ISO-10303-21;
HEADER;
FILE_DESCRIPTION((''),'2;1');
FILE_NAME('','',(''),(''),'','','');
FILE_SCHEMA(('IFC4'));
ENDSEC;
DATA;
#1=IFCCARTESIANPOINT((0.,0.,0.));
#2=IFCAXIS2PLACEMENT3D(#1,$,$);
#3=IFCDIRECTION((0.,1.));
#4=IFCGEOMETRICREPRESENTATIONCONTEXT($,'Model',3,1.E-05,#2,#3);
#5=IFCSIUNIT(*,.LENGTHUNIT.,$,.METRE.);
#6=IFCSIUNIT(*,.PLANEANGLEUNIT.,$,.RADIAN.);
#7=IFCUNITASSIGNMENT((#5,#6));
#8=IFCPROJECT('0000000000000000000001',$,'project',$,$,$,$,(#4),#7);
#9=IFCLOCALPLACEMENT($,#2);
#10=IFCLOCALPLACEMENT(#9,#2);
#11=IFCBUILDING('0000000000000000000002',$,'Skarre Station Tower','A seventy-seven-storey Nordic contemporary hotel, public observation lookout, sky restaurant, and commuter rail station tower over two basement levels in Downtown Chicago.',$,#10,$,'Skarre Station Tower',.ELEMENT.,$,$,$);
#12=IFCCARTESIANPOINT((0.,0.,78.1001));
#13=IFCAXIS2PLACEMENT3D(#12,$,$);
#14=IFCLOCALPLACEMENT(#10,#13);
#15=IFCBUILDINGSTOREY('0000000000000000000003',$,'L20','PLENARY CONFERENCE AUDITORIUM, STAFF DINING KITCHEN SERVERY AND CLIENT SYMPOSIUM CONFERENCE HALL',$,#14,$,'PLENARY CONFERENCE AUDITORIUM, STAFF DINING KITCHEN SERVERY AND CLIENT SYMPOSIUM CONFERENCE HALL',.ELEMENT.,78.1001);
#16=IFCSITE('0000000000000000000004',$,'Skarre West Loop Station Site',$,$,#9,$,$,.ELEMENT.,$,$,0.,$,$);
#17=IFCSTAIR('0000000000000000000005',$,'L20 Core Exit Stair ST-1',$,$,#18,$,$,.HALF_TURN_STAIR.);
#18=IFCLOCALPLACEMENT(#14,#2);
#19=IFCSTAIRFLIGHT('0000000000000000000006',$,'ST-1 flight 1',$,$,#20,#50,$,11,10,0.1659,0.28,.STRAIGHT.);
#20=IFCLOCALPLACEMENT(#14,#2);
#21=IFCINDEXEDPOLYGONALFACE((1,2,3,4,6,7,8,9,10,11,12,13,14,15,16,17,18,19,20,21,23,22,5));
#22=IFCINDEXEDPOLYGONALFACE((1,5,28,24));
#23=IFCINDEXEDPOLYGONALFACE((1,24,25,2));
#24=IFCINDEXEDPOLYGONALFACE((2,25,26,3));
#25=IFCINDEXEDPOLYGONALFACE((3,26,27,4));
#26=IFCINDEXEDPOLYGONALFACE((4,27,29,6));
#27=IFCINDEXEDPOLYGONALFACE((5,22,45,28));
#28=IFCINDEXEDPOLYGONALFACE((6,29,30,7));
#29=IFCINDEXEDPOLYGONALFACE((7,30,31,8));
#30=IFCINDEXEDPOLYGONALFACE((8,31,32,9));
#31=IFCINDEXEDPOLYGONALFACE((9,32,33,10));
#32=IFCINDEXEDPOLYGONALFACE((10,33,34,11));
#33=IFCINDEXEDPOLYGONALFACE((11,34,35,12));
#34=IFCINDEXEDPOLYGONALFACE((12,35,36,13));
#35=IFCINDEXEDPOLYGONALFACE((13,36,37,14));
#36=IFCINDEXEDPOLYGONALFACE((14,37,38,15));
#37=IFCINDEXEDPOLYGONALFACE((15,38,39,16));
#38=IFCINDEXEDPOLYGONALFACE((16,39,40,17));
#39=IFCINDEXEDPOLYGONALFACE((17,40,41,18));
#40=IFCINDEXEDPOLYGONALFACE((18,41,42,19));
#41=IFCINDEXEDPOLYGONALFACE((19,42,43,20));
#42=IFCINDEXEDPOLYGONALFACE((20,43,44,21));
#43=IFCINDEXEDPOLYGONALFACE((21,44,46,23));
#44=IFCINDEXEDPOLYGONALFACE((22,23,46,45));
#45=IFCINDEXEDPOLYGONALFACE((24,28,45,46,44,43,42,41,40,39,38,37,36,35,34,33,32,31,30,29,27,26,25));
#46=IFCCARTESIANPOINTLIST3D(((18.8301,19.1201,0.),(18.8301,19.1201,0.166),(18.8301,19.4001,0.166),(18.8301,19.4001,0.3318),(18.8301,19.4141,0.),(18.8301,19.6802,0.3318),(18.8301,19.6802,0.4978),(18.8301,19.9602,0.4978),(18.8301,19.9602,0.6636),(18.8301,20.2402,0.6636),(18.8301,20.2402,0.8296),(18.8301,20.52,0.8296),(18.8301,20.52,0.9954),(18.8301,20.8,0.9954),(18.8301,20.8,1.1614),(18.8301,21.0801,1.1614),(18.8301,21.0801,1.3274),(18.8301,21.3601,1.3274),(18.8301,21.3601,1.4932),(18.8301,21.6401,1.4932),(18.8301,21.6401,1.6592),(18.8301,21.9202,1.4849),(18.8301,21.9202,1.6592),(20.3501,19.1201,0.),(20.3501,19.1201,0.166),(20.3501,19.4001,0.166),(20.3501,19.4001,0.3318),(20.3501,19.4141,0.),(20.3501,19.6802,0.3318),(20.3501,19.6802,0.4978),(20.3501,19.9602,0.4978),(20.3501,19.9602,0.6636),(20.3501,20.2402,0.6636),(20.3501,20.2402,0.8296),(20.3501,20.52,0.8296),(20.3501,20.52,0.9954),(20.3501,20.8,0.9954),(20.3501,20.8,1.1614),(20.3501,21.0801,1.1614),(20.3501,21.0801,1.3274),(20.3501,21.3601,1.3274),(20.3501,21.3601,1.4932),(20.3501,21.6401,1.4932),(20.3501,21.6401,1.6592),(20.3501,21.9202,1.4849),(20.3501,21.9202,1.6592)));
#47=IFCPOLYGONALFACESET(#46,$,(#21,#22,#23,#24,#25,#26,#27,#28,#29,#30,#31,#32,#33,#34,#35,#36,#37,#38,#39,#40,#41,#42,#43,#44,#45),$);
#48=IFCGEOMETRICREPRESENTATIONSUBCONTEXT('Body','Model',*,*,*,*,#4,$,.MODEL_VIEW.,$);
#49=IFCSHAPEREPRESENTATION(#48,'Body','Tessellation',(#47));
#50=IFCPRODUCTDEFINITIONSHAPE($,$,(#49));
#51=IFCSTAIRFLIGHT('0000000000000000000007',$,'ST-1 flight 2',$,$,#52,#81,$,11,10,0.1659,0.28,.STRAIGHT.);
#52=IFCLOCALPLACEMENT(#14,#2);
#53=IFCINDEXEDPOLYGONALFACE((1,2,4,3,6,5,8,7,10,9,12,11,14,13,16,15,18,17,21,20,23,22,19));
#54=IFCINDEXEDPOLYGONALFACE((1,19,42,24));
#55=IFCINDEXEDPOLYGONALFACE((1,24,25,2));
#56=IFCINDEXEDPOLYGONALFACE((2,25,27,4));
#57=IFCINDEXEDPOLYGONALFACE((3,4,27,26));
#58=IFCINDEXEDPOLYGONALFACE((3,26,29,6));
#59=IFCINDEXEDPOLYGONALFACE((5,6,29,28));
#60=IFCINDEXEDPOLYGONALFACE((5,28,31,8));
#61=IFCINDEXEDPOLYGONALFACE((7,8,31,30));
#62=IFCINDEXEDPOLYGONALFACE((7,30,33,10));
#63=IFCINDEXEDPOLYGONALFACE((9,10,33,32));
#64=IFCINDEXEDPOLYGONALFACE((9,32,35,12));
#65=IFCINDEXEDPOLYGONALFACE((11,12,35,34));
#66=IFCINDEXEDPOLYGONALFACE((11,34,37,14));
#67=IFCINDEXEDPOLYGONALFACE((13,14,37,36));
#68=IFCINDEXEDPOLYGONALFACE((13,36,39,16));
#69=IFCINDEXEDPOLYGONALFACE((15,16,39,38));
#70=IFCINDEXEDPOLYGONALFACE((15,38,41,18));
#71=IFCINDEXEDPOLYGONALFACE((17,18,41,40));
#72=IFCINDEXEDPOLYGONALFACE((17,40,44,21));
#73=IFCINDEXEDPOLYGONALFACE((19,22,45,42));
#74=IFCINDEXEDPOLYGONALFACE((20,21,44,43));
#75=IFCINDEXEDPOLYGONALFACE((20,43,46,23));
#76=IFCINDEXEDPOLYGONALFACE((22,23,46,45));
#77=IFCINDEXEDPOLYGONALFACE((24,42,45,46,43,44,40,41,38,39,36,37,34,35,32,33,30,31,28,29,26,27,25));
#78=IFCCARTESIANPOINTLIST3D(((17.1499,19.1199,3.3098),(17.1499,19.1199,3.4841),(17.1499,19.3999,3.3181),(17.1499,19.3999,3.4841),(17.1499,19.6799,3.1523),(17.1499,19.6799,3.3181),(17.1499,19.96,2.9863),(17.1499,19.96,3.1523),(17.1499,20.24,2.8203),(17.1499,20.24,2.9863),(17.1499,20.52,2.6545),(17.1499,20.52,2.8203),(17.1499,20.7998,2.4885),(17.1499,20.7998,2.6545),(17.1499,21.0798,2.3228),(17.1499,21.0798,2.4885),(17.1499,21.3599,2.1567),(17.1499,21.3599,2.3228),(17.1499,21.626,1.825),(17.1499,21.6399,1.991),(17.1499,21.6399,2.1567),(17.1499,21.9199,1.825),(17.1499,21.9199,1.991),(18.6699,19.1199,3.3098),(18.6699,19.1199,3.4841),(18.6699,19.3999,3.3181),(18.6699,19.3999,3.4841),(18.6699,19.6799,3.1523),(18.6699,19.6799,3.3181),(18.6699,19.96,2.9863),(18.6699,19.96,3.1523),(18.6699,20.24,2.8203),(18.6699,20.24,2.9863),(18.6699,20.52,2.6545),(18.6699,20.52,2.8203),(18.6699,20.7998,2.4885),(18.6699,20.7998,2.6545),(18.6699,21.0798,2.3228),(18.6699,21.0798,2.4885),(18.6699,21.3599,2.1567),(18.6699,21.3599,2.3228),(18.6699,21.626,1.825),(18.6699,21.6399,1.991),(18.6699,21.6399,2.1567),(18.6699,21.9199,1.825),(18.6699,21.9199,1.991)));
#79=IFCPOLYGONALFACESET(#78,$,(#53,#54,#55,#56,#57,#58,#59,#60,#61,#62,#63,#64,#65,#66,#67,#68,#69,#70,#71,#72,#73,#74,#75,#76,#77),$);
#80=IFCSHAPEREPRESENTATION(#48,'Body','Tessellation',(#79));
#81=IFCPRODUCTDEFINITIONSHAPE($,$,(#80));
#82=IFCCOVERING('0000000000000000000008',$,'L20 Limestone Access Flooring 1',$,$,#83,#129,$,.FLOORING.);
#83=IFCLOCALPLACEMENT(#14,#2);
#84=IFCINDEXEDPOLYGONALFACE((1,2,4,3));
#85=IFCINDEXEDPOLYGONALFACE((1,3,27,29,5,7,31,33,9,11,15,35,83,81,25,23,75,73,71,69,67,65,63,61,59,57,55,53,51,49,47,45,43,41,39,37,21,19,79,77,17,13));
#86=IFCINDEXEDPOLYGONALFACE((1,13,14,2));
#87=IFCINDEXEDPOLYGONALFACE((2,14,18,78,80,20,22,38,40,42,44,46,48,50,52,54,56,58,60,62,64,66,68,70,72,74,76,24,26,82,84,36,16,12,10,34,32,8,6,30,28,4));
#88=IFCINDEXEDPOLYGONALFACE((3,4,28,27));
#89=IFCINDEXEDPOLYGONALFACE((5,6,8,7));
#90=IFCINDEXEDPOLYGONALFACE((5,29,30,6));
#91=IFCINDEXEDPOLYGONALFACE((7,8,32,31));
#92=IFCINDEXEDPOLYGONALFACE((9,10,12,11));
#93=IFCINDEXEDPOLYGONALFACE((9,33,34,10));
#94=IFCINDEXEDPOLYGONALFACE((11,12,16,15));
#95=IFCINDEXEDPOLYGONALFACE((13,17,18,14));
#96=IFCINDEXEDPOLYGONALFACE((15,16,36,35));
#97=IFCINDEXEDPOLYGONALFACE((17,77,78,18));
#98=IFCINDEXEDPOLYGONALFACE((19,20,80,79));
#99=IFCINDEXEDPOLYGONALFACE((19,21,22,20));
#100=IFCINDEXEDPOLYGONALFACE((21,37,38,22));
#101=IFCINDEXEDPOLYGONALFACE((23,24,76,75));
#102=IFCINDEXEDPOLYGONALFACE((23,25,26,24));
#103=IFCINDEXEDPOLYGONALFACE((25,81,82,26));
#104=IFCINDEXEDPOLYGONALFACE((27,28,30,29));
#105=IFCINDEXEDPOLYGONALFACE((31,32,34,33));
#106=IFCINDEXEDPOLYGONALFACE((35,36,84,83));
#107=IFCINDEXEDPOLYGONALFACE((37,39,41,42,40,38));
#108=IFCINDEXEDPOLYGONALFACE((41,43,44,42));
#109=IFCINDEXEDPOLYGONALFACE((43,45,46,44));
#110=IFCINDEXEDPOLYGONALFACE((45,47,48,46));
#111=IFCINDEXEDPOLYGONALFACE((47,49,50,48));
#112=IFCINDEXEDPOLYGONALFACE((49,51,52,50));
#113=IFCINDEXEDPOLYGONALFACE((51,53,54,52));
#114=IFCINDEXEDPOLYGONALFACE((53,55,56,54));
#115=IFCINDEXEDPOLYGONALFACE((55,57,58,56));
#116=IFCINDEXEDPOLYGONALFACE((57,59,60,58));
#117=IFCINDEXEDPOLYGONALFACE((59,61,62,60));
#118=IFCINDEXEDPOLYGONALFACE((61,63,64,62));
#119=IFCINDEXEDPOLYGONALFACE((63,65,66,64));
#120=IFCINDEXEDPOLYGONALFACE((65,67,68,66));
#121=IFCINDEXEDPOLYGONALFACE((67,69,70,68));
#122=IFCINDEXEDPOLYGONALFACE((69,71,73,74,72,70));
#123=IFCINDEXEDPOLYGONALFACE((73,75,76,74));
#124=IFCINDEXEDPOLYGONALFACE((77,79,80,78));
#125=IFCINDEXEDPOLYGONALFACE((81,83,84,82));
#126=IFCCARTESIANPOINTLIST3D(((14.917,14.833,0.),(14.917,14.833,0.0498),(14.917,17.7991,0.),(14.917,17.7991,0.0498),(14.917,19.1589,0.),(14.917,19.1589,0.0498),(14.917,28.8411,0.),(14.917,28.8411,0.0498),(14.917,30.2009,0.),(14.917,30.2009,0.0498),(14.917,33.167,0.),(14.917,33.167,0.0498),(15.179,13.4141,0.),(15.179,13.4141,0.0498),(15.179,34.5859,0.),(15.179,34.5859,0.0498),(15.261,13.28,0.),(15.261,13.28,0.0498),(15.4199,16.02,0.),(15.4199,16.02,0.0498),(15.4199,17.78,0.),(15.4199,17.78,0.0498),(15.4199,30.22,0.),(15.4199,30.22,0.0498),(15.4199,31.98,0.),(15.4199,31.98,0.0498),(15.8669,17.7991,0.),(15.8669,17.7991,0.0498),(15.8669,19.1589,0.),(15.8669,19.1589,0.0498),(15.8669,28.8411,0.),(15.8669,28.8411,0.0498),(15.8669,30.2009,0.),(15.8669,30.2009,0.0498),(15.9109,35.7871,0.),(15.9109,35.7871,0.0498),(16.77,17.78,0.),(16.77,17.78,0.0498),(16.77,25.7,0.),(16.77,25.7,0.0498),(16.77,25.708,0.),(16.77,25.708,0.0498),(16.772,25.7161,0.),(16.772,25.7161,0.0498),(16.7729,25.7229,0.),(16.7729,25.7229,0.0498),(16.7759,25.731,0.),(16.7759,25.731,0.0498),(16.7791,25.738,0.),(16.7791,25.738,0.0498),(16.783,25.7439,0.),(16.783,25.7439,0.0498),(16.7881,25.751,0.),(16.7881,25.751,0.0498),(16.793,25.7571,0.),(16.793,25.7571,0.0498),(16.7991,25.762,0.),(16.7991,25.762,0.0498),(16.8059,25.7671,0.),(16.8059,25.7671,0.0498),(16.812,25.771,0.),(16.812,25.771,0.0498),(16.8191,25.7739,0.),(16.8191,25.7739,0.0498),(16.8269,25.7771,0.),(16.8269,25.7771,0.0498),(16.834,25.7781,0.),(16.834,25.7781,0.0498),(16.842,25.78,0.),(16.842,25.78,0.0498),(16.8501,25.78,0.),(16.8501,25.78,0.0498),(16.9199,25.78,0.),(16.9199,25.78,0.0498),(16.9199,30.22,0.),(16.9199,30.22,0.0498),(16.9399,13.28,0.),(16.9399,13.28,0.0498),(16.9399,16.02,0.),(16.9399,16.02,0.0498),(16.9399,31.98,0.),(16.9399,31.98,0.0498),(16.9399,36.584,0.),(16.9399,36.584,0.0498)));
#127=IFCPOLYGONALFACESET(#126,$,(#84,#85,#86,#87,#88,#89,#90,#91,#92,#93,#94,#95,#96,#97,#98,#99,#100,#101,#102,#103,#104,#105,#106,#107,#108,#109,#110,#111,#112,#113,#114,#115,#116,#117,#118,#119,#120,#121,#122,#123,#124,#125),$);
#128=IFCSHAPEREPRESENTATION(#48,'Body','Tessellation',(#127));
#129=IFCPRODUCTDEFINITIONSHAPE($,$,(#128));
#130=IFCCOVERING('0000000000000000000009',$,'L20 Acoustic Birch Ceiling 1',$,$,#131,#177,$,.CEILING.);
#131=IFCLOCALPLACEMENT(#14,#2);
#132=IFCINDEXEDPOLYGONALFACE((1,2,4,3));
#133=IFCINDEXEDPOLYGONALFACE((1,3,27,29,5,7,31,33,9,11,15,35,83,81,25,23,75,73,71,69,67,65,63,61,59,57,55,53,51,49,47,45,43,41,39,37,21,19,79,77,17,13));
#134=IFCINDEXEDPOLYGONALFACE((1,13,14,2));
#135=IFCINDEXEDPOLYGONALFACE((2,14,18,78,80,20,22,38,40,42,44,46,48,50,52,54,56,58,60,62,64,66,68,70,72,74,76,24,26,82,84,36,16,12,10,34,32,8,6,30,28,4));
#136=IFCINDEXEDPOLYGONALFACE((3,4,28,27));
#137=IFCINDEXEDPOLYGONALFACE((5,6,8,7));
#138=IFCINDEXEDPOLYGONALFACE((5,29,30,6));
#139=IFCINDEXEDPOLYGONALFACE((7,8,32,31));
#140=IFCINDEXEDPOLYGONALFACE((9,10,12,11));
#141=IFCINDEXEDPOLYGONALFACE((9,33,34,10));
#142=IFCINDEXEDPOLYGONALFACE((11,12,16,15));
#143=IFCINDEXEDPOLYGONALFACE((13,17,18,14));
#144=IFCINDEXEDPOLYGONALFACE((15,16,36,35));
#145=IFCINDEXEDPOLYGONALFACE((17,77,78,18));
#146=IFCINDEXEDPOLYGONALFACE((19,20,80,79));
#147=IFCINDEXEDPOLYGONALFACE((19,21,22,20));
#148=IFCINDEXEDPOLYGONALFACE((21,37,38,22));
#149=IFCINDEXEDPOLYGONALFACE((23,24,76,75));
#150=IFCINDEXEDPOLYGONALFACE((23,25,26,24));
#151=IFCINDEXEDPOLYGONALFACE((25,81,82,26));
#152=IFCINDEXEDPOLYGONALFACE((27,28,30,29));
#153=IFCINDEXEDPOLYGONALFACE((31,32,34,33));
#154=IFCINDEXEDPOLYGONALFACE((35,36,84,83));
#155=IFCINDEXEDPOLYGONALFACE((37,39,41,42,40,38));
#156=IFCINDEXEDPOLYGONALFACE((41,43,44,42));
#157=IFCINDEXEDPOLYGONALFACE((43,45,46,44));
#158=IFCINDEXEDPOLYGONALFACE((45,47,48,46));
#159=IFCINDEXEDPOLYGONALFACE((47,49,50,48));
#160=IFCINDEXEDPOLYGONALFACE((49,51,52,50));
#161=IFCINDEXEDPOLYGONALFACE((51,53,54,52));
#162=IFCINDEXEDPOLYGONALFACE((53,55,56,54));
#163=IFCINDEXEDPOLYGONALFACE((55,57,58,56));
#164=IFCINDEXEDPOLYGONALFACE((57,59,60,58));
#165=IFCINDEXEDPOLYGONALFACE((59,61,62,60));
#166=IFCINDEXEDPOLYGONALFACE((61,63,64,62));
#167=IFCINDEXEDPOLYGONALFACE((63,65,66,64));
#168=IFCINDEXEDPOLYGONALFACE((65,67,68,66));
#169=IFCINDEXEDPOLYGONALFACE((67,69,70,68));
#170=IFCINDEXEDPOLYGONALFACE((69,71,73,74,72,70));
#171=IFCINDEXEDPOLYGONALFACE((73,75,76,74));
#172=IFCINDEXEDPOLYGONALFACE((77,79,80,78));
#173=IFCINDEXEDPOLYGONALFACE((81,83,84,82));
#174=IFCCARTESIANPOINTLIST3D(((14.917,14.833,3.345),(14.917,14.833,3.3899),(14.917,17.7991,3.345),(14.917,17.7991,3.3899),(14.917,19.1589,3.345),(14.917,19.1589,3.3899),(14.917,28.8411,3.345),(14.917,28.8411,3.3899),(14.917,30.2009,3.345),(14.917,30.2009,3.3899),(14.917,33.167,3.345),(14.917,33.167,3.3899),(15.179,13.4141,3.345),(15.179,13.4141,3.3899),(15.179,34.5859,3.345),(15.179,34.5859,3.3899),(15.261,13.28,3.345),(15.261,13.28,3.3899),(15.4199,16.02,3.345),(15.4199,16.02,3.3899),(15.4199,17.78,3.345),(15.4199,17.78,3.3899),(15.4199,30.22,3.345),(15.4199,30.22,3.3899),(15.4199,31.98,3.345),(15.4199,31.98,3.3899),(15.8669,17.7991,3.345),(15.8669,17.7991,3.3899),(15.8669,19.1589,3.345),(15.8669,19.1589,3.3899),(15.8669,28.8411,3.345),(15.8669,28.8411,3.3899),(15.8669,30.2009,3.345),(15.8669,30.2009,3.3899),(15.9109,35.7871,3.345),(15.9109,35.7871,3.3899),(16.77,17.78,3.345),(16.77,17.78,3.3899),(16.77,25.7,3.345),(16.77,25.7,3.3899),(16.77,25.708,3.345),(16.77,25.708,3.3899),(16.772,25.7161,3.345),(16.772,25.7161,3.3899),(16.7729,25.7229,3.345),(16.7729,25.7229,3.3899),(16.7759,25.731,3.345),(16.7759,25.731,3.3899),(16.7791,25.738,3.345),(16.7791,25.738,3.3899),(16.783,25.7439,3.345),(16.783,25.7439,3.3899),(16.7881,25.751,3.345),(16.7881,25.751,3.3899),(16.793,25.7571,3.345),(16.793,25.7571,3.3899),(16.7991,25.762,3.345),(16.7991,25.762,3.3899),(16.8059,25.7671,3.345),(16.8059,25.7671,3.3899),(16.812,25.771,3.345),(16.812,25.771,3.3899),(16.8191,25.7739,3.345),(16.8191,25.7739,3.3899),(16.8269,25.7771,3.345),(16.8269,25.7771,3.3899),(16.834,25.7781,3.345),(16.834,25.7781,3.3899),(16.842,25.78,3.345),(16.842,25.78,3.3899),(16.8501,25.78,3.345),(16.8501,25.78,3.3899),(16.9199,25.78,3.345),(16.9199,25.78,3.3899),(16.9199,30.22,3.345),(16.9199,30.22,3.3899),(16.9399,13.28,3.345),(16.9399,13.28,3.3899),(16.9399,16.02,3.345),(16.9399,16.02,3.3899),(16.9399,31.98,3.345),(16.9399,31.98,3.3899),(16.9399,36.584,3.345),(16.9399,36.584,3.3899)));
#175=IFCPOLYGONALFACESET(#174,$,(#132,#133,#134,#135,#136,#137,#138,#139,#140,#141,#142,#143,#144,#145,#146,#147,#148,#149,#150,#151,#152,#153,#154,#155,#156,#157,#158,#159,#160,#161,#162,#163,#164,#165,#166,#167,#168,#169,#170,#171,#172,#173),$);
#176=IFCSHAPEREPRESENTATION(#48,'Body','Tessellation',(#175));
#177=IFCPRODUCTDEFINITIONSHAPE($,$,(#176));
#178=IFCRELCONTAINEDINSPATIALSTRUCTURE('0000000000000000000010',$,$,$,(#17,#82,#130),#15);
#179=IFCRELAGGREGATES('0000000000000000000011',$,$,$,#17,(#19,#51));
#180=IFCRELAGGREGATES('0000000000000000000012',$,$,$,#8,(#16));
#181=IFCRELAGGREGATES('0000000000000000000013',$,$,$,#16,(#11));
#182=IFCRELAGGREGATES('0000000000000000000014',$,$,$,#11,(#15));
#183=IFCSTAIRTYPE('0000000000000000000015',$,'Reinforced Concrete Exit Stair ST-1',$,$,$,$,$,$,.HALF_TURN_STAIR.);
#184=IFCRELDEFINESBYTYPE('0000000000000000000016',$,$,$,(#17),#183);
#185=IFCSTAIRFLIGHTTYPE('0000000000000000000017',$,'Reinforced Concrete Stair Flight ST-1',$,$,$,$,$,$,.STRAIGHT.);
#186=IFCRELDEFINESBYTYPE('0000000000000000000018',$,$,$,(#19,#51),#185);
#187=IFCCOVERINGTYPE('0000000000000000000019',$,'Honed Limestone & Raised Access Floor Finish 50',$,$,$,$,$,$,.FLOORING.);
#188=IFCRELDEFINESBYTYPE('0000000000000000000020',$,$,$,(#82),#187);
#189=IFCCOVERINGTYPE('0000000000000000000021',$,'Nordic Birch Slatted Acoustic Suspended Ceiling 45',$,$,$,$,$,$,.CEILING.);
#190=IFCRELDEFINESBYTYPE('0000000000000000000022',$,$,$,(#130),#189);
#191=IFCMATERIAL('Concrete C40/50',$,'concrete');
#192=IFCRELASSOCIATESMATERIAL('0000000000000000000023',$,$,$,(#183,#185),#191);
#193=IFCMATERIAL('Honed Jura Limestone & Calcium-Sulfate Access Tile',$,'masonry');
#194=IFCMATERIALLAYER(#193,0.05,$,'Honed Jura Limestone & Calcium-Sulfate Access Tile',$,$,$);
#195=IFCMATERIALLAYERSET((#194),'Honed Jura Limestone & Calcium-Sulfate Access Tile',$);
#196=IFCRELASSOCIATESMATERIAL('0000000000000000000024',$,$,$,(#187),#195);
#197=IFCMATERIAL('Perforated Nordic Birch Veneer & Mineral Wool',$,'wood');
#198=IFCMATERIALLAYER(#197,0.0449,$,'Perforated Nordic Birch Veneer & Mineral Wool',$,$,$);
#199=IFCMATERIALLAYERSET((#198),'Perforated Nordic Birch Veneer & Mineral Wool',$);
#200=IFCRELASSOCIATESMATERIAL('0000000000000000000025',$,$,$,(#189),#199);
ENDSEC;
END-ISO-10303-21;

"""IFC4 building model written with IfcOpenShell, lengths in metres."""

from ifc_helpers import new_model, si_unit, direction, frame, origin, place, context, subcontext, project, spatial, polyline, outline, extrude, material, layer, layer_set, type_object, element, aggregate, save


model = new_model("IFC4")

# Units and contexts
model_context = context("Model", 3, precision=1e-05, world=origin(), true_north=direction((0.0, 1.0)))
body_context = subcontext(model_context, "Body", "Model", "MODEL_VIEW")
ifc_project = project(units=[si_unit("LENGTHUNIT", "METRE"), si_unit("PLANEANGLEUNIT", "RADIAN")], contexts=[model_context])

# Site, building, storey
site_placement = place(None, origin())
site = spatial("IfcSite", under=ifc_project, at=site_placement, Name="Skarre West Loop Station Site", CompositionType="ELEMENT", RefElevation=0.0)
building_placement = place(site_placement, origin())
building = spatial("IfcBuilding", under=site, at=building_placement, Name="Skarre Station Tower", Description="A seventy-seven-storey Nordic contemporary hotel, public observation lookout, sky restaurant, and commuter rail station tower over two basement levels in Downtown Chicago.", LongName="Skarre Station Tower", CompositionType="ELEMENT")
storey_placement = place(building_placement, frame((0.0, 0.0, 78.1001)))
storey = spatial("IfcBuildingStorey", under=building, at=storey_placement, Name="L20", Description="PLENARY CONFERENCE AUDITORIUM, STAFF DINING KITCHEN SERVERY AND CLIENT SYMPOSIUM CONFERENCE HALL", LongName="PLENARY CONFERENCE AUDITORIUM, STAFF DINING KITCHEN SERVERY AND CLIENT SYMPOSIUM CONFERENCE HALL", CompositionType="ELEMENT", Elevation=78.1001)

# Stair
ifc_material_1 = material(Name="Concrete C40/50", Category="concrete")
stair_type_1 = type_object("IfcStairType", Name="Reinforced Concrete Exit Stair ST-1", PredefinedType="HALF_TURN_STAIR", material=ifc_material_1)
stair_1_placement = place(storey_placement, origin())
stair_1 = element("IfcStair", 1, at=stair_1_placement, inside=storey, type_object=stair_type_1, Name="L20 Core Exit Stair ST-1", PredefinedType="HALF_TURN_STAIR")

# Stair flights
stair_flight_type = type_object("IfcStairFlightType", Name="Reinforced Concrete Stair Flight ST-1", PredefinedType="STRAIGHT", material=ifc_material_1)
stair_flight_1_placement = place(storey_placement, frame((19.5901, 19.1201, 0.0), z_axis=(0.0, 0.0, 1.0), x_axis=(0.0, 1.0, 0.0)))
stair_flight_1 = element("IfcStairFlight", 2, at=stair_flight_1_placement, type_object=stair_flight_type, Name="ST-1 flight 1", NumberOfRisers=11, NumberOfTreads=10, PredefinedType="STRAIGHT", RiserHeight=0.1659, TreadLength=0.28, context=body_context, shape_type="SweptSolid", body=[
    extrude(outline(polyline([(0.0, 0.0), (0.0, 0.166), (0.28, 0.166), (0.28, 0.3318), (0.5601, 0.3318), (0.5601, 0.4978), (0.8401, 0.4978), (0.8401, 0.6636), (1.1201, 0.6636), (1.1201, 0.8296), (1.3999, 0.8296), (1.3999, 0.9954), (1.6799, 0.9954), (1.6799, 1.1614), (1.96, 1.1614), (1.96, 1.3274), (2.24, 1.3274), (2.24, 1.4932), (2.52, 1.4932), (2.52, 1.6592), (2.8, 1.6592), (2.8, 1.825), (2.8, 1.4849), (0.2939, 0.0), (0.0, 0.0)])), frame((0.0, 0.76, 0.0), z_axis=(0.0, -1.0, 0.0), x_axis=(1.0, 0.0, 0.0)), (0.0, 0.0, 1.0), 1.52),
])
stair_flight_2_placement = place(storey_placement, frame((17.9099, 21.9199, 1.825), z_axis=(0.0, 0.0, 1.0), x_axis=(0.0, -1.0, 0.0)))
stair_flight_2 = element("IfcStairFlight", 3, at=stair_flight_2_placement, type_object=stair_flight_type, Name="ST-1 flight 2", NumberOfRisers=11, NumberOfTreads=10, PredefinedType="STRAIGHT", RiserHeight=0.1659, TreadLength=0.28, context=body_context, shape_type="SweptSolid", body=[
    extrude(outline(polyline([(0.0, 0.0), (0.0, 0.166), (0.28, 0.166), (0.28, 0.3318), (0.5601, 0.3318), (0.5601, 0.4978), (0.8401, 0.4978), (0.8401, 0.6636), (1.1201, 0.6636), (1.1201, 0.8296), (1.3999, 0.8296), (1.3999, 0.9954), (1.6799, 0.9954), (1.6799, 1.1614), (1.96, 1.1614), (1.96, 1.3274), (2.24, 1.3274), (2.24, 1.4932), (2.52, 1.4932), (2.52, 1.6592), (2.8, 1.6592), (2.8, 1.825), (2.8, 1.4849), (0.2939, 0.0), (0.0, 0.0)])), frame((0.0, 0.76, 0.0), z_axis=(0.0, -1.0, 0.0), x_axis=(1.0, 0.0, 0.0)), (0.0, 0.0, 1.0), 1.52),
])
aggregate(stair_1, [stair_flight_1, stair_flight_2])

# Coverings
ifc_material_2 = material(Name="Honed Jura Limestone & Calcium-Sulfate Access Tile", Category="masonry")
ifc_layer_1 = layer(ifc_material_2, 0.05, Name="Honed Jura Limestone & Calcium-Sulfate Access Tile")
ifc_layer_set_1 = layer_set([ifc_layer_1], Name="Honed Jura Limestone & Calcium-Sulfate Access Tile")
covering_type_1 = type_object("IfcCoveringType", Name="Honed Limestone & Raised Access Floor Finish 50", PredefinedType="FLOORING", material=ifc_layer_set_1)
covering_1_placement = place(storey_placement, origin())
element("IfcCovering", 4, at=covering_1_placement, inside=storey, type_object=covering_type_1, Name="L20 Limestone Access Flooring 1", PredefinedType="FLOORING", context=body_context, shape_type="SweptSolid", body=[
    extrude(outline(polyline([(16.9399, 36.584), (15.9109, 35.7871), (15.179, 34.5859), (14.917, 33.167), (14.917, 30.2009), (15.8669, 30.2009), (15.8669, 28.8411), (14.917, 28.8411), (14.917, 19.1589), (15.8669, 19.1589), (15.8669, 17.7991), (14.917, 17.7991), (14.917, 14.833), (15.179, 13.4141), (15.261, 13.28), (16.9399, 13.28), (16.9399, 16.02), (15.4199, 16.02), (15.4199, 17.78), (16.77, 17.78), (16.77, 25.7), (16.77, 25.708), (16.772, 25.7161), (16.7729, 25.7229), (16.7759, 25.731), (16.7791, 25.738), (16.783, 25.7439), (16.7881, 25.751), (16.793, 25.7571), (16.7991, 25.762), (16.8059, 25.7671), (16.812, 25.771), (16.8191, 25.7739), (16.8269, 25.7771), (16.834, 25.7781), (16.842, 25.78), (16.8501, 25.78), (16.9199, 25.78), (16.9199, 30.22), (15.4199, 30.22), (15.4199, 31.98), (16.9399, 31.98), (16.9399, 36.584)])), origin(), (0.0, 0.0, 1.0), 0.0498),
])
ifc_material_3 = material(Name="Perforated Nordic Birch Veneer & Mineral Wool", Category="wood")
ifc_layer_2 = layer(ifc_material_3, 0.0449, Name="Perforated Nordic Birch Veneer & Mineral Wool")
ifc_layer_set_2 = layer_set([ifc_layer_2], Name="Perforated Nordic Birch Veneer & Mineral Wool")
covering_type_2 = type_object("IfcCoveringType", Name="Nordic Birch Slatted Acoustic Suspended Ceiling 45", PredefinedType="CEILING", material=ifc_layer_set_2)
covering_2_placement = place(storey_placement, frame((0.0, 0.0, 3.345)))
element("IfcCovering", 5, at=covering_2_placement, inside=storey, type_object=covering_type_2, Name="L20 Acoustic Birch Ceiling 1", PredefinedType="CEILING", context=body_context, shape_type="SweptSolid", body=[
    extrude(outline(polyline([(16.9399, 36.584), (15.9109, 35.7871), (15.179, 34.5859), (14.917, 33.167), (14.917, 30.2009), (15.8669, 30.2009), (15.8669, 28.8411), (14.917, 28.8411), (14.917, 19.1589), (15.8669, 19.1589), (15.8669, 17.7991), (14.917, 17.7991), (14.917, 14.833), (15.179, 13.4141), (15.261, 13.28), (16.9399, 13.28), (16.9399, 16.02), (15.4199, 16.02), (15.4199, 17.78), (16.77, 17.78), (16.77, 25.7), (16.77, 25.708), (16.772, 25.7161), (16.7729, 25.7229), (16.7759, 25.731), (16.7791, 25.738), (16.783, 25.7439), (16.7881, 25.751), (16.793, 25.7571), (16.7991, 25.762), (16.8059, 25.7671), (16.812, 25.771), (16.8191, 25.7739), (16.8269, 25.7771), (16.834, 25.7781), (16.842, 25.78), (16.8501, 25.78), (16.9199, 25.78), (16.9199, 30.22), (15.4199, 30.22), (15.4199, 31.98), (16.9399, 31.98), (16.9399, 36.584)])), origin(), (0.0, 0.0, 1.0), 0.0449),
])

save(model, "model.ifc")
